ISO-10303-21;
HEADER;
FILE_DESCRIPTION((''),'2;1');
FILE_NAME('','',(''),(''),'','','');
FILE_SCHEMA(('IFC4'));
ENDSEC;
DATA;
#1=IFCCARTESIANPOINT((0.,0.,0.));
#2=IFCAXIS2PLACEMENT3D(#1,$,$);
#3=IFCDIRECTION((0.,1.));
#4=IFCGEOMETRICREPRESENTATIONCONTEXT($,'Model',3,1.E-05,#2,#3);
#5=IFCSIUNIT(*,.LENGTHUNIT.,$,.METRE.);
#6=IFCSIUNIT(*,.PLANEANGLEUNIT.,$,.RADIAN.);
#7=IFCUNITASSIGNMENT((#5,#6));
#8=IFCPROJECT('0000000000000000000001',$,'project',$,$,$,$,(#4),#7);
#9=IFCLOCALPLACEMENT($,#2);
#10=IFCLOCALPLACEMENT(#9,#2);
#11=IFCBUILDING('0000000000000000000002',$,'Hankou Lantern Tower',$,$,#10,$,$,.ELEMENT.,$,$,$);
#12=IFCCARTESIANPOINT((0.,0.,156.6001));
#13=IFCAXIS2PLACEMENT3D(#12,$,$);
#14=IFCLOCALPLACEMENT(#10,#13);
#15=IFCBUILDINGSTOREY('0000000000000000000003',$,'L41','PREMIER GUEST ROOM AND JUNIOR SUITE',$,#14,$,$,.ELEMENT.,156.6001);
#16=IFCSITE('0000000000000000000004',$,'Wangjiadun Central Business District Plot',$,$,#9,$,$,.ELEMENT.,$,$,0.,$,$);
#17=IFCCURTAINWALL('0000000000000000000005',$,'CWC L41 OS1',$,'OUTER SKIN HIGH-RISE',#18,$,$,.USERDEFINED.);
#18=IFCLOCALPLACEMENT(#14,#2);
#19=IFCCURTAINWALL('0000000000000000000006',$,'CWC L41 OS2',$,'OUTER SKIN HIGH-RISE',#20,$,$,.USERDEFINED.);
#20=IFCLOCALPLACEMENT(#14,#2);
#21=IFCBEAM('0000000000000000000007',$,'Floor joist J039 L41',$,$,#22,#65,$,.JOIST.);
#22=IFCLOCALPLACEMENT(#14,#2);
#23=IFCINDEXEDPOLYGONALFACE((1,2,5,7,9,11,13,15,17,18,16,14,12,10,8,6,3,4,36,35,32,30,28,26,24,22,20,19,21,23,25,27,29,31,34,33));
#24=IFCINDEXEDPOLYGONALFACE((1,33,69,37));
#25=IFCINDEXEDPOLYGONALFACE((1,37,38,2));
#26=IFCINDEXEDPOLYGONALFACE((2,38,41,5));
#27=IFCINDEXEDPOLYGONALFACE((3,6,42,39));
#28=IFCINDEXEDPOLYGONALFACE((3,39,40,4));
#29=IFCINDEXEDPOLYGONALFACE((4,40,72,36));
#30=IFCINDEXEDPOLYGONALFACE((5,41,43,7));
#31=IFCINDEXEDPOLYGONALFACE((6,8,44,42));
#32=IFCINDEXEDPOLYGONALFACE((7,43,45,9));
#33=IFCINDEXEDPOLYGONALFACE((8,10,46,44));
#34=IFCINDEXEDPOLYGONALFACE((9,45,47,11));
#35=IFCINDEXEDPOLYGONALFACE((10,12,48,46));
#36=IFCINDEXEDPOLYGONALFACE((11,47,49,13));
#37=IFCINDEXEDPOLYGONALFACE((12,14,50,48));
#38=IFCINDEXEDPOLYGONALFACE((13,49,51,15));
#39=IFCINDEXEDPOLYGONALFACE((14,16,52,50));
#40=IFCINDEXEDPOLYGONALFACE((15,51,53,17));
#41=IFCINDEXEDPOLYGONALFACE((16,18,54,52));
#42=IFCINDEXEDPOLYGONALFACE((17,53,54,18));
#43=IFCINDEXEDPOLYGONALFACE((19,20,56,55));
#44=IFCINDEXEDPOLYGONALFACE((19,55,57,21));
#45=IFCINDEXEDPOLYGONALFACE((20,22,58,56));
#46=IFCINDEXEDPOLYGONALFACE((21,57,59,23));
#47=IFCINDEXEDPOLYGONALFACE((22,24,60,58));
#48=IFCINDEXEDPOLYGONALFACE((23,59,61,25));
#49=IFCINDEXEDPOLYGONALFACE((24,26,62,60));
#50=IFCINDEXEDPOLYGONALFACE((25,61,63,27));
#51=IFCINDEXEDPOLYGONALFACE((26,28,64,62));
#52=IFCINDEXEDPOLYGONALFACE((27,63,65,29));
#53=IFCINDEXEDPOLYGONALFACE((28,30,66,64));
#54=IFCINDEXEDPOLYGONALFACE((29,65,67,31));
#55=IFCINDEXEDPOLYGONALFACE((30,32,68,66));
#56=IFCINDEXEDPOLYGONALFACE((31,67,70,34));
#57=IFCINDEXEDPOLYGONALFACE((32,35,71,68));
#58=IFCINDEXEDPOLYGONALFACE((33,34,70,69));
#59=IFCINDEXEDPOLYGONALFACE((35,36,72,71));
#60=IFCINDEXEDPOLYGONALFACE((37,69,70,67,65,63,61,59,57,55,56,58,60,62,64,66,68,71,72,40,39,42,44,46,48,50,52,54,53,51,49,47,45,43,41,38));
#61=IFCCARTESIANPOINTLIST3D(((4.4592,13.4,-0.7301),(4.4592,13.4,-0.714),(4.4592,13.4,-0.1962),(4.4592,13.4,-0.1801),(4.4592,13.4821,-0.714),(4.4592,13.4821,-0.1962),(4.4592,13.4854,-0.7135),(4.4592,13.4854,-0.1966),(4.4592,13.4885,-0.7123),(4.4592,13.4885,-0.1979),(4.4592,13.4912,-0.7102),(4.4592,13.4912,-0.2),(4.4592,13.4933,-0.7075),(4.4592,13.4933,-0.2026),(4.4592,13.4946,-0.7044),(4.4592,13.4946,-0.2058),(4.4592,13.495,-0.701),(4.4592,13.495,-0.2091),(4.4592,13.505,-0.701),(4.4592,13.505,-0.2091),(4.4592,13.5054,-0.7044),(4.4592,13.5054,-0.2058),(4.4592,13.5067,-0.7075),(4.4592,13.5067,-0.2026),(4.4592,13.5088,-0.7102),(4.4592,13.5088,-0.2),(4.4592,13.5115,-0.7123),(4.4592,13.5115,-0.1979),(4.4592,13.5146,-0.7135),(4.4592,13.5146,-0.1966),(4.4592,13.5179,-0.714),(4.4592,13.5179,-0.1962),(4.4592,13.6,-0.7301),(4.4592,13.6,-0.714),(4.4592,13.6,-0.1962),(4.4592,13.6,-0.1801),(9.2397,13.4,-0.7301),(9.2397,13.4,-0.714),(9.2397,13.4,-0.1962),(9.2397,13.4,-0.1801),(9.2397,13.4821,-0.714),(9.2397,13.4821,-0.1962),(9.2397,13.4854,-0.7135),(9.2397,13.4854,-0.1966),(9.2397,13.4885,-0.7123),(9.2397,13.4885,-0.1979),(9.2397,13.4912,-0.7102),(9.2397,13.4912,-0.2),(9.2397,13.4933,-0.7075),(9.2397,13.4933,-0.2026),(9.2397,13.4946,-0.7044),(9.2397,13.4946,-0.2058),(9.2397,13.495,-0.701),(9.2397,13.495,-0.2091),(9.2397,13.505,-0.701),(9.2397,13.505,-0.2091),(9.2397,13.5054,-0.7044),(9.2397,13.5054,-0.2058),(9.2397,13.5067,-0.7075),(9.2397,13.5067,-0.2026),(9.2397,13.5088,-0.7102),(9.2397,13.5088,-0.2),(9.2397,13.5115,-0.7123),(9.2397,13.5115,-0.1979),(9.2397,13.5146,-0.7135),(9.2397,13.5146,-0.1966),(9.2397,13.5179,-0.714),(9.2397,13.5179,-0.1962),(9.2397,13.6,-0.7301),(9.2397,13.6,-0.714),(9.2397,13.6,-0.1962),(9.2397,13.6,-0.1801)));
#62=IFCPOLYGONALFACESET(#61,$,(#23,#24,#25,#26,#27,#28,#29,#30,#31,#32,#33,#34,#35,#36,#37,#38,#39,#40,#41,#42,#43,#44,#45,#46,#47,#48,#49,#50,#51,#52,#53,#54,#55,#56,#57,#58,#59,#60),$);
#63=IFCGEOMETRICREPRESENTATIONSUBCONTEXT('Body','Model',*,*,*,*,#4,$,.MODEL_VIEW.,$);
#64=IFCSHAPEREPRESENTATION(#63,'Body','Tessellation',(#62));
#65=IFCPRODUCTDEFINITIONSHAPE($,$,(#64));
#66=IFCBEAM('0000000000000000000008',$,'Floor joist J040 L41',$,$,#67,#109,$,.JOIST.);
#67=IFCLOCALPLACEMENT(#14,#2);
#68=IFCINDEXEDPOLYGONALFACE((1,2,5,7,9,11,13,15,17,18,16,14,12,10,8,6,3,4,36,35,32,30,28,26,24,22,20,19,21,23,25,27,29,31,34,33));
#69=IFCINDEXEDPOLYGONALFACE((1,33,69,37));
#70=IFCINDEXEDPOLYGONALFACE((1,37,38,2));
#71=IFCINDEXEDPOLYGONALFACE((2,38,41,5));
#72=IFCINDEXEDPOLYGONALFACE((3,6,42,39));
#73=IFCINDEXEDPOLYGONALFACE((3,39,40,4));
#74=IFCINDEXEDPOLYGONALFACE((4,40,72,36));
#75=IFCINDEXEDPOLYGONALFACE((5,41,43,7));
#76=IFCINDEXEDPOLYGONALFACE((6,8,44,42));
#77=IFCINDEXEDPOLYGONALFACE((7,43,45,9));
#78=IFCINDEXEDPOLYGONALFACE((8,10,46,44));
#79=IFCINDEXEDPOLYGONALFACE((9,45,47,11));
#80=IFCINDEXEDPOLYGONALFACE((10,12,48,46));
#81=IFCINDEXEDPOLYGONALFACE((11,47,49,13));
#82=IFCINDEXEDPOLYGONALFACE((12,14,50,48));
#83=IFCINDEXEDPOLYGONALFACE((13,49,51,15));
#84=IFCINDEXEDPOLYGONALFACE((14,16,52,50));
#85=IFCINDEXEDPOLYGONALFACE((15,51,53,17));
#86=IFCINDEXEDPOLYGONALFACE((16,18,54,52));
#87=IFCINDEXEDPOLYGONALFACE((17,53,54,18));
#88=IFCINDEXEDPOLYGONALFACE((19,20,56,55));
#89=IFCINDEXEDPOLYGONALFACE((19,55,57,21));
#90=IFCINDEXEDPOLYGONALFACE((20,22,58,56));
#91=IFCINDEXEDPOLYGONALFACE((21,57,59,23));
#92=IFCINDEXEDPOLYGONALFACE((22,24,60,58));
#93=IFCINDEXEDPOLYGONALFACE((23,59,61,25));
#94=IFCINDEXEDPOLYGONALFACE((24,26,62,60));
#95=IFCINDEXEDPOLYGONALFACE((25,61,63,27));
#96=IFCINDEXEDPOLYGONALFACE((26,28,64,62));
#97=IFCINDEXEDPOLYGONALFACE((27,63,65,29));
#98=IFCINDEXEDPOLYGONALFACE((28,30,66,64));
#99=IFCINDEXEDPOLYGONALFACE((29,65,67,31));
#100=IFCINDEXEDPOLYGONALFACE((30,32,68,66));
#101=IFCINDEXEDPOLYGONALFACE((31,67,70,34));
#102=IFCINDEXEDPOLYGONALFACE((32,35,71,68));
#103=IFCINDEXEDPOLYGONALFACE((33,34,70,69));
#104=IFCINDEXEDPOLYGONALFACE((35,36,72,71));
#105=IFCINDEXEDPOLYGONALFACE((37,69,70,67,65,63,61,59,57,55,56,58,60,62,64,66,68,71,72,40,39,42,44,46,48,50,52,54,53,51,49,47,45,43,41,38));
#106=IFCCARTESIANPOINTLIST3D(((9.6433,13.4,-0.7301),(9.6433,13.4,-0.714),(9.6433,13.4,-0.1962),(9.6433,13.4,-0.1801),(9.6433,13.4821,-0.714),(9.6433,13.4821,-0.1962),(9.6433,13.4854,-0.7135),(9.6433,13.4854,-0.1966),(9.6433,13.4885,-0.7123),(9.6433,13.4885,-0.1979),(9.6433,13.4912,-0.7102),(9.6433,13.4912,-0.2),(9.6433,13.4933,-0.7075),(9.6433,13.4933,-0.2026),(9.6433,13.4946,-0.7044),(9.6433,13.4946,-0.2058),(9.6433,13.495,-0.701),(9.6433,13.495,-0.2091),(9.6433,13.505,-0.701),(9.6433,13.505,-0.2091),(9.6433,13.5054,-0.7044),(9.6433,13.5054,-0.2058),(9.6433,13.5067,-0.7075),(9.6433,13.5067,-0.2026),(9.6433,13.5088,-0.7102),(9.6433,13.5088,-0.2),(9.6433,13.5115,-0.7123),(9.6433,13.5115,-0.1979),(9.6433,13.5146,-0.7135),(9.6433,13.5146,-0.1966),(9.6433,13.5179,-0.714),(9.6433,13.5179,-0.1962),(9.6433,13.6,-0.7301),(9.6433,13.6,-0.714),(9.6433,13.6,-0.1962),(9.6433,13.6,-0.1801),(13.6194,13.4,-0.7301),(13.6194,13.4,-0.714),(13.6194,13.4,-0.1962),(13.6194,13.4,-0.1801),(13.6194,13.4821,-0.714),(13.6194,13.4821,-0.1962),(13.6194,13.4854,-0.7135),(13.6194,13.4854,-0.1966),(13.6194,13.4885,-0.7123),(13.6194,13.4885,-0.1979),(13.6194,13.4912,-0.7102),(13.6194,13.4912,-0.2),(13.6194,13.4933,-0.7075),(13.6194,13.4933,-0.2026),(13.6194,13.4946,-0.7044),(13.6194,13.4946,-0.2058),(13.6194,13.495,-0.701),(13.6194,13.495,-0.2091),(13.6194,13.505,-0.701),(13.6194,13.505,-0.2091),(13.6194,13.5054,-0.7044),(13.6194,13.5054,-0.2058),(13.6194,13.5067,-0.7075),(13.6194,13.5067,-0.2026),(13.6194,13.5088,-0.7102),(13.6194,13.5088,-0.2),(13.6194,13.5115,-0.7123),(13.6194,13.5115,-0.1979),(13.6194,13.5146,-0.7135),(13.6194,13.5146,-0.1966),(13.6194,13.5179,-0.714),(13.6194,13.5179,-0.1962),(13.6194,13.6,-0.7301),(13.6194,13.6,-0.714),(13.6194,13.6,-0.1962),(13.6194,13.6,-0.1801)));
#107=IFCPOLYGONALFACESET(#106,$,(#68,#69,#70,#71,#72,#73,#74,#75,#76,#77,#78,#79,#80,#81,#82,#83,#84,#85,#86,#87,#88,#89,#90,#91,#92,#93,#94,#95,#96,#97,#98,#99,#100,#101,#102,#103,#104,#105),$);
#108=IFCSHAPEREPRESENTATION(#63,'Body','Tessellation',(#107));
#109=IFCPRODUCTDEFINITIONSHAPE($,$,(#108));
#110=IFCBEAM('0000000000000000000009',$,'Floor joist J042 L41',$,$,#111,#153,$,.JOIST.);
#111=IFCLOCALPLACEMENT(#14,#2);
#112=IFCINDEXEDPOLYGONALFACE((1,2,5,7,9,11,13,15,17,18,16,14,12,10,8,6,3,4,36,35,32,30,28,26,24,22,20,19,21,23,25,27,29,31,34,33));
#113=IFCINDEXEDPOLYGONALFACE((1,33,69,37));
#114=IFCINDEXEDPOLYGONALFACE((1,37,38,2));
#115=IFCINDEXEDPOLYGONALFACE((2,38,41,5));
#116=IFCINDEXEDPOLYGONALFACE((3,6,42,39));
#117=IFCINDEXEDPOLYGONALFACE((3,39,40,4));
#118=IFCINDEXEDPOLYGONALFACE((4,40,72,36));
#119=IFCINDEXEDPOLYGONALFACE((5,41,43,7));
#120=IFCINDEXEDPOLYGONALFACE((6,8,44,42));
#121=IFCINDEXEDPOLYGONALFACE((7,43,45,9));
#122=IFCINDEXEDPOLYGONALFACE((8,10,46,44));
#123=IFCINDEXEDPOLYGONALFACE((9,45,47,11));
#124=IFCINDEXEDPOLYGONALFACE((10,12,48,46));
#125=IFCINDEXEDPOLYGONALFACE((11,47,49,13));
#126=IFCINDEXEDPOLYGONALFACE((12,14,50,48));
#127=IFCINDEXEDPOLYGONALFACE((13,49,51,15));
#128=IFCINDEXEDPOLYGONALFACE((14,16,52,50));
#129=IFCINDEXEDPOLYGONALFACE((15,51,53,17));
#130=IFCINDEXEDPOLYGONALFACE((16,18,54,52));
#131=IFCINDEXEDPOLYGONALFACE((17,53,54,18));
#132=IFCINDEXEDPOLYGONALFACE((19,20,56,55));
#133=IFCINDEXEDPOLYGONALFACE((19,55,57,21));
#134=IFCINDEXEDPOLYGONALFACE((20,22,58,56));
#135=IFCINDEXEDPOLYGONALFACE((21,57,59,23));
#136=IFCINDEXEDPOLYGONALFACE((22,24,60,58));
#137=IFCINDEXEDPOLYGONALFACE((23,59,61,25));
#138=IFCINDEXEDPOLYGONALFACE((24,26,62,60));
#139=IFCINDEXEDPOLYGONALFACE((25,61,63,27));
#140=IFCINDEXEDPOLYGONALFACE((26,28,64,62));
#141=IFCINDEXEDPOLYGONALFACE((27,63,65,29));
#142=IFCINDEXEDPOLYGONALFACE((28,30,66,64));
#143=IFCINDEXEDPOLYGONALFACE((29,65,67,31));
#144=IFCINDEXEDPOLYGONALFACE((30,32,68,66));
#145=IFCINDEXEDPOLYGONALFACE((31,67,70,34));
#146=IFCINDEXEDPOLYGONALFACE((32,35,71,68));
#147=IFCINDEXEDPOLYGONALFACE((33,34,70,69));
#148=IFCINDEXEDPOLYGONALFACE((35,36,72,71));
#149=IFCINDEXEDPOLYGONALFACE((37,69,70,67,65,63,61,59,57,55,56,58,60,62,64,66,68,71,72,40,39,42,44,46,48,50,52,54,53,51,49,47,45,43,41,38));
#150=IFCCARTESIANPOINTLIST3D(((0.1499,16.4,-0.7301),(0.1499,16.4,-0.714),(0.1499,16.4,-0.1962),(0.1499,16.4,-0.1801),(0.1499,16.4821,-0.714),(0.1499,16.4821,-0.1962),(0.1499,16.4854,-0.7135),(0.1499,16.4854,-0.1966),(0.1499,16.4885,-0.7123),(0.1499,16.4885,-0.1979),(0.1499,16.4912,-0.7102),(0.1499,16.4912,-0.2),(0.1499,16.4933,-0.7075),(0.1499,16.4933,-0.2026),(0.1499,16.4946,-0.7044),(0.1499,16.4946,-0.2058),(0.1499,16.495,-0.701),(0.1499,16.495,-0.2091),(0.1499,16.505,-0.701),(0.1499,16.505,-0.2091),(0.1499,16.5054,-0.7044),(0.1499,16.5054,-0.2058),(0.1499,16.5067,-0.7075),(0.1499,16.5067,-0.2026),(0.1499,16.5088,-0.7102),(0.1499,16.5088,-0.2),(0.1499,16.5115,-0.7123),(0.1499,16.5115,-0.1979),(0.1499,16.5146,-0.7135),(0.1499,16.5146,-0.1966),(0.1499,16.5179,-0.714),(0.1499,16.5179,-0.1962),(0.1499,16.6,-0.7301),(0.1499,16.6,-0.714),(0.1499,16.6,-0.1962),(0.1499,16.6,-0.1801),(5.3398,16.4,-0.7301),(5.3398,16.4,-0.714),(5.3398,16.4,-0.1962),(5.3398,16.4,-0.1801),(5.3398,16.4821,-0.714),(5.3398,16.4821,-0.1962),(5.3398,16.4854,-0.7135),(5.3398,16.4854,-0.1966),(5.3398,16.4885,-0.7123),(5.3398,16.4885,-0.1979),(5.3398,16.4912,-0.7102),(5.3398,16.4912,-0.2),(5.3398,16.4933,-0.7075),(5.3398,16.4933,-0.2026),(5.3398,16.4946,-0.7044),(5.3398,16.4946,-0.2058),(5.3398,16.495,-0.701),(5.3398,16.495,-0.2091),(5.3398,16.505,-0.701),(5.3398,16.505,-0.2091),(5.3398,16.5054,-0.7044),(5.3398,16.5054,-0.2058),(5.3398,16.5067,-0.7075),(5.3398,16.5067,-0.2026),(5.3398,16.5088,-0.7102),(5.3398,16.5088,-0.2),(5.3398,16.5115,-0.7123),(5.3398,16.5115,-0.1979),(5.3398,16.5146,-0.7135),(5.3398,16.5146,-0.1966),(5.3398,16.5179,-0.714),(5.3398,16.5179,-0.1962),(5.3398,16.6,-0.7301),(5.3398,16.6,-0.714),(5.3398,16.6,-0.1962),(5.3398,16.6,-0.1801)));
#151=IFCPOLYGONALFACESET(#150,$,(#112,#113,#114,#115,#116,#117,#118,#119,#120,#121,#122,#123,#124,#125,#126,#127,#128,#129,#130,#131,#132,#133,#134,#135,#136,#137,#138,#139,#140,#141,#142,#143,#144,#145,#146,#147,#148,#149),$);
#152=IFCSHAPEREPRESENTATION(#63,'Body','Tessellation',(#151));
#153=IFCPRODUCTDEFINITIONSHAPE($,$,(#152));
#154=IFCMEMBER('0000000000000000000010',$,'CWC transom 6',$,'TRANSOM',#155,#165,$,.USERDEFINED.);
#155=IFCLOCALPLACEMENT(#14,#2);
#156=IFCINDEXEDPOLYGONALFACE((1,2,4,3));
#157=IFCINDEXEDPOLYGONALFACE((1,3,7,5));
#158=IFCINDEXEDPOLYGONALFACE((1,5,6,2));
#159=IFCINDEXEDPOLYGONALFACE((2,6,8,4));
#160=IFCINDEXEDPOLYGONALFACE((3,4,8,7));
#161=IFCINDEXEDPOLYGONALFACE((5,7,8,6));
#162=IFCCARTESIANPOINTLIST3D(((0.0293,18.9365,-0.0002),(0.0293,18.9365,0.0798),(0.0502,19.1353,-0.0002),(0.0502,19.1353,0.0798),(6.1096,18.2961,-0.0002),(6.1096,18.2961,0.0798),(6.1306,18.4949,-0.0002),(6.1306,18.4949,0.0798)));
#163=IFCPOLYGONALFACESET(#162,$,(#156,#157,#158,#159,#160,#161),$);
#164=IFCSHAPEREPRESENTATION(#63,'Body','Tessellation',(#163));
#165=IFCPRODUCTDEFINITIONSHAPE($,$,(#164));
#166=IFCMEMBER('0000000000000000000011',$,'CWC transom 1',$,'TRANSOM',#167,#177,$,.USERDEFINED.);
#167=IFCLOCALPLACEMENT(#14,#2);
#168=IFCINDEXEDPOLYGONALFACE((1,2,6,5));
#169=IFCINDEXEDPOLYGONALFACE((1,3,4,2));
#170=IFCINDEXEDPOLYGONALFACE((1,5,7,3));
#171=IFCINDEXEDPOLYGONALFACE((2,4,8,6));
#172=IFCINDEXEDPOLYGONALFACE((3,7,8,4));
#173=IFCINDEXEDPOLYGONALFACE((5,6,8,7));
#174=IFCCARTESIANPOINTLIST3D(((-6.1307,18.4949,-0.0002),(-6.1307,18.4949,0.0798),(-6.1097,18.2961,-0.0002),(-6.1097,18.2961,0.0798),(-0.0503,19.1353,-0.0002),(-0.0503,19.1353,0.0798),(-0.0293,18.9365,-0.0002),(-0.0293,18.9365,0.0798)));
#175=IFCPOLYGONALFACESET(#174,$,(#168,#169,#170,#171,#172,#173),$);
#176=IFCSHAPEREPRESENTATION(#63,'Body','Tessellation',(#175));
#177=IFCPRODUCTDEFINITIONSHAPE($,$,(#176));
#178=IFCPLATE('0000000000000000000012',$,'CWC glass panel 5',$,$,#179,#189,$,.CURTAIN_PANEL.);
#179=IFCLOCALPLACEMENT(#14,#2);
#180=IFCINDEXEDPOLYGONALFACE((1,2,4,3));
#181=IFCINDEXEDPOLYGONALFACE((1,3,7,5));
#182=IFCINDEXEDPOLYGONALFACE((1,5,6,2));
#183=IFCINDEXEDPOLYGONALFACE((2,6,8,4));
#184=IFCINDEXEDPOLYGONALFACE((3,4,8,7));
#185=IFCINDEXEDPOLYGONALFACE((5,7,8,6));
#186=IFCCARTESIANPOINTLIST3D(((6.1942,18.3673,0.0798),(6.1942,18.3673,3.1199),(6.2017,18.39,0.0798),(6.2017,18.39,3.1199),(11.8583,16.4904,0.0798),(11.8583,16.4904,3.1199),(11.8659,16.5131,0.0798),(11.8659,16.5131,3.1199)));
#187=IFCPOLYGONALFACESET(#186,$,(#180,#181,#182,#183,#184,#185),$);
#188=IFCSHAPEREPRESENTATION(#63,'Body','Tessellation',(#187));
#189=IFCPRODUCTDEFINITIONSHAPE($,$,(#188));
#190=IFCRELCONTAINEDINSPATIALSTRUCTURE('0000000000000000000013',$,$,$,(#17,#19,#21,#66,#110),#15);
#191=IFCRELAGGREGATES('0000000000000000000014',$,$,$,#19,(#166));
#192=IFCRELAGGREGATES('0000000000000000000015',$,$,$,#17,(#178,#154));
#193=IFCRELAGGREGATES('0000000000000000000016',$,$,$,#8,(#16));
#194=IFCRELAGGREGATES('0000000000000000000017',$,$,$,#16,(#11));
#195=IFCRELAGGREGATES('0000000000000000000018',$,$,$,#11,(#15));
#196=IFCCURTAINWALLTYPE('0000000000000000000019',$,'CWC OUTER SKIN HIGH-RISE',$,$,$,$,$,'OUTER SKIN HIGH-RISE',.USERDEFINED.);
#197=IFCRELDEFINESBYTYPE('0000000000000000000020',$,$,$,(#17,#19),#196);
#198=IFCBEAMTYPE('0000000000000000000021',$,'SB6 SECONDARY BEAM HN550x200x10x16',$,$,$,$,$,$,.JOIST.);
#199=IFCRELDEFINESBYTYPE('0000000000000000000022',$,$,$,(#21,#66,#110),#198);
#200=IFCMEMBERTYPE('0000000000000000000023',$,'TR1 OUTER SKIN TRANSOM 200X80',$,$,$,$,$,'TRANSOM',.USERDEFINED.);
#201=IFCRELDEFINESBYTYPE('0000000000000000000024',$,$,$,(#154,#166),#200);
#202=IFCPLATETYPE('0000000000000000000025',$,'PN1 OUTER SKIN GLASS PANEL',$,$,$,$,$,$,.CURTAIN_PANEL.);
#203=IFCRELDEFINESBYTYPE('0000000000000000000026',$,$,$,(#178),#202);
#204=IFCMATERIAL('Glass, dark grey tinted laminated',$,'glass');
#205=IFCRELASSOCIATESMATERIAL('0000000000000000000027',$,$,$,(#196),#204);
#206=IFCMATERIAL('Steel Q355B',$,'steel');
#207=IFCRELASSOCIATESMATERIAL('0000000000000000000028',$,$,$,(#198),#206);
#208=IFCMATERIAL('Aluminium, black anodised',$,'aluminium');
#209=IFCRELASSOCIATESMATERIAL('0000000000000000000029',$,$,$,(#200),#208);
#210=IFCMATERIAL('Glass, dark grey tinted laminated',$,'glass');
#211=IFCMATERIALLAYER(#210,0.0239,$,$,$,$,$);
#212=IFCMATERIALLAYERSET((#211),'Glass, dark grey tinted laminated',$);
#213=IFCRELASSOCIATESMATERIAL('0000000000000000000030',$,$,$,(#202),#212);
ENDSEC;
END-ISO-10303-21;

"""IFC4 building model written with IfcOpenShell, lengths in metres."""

from ifc_helpers import new_model, si_unit, direction, frame, origin, origin_2d, place, context, subcontext, project, spatial, rectangle, i_section, extrude, material, layer, layer_set, material_profile, profile_set, type_object, element, aggregate, save


model = new_model("IFC4")

# Units and contexts
model_context = context("Model", 3, precision=1e-05, world=origin(), true_north=direction((0.0, 1.0)))
body_context = subcontext(model_context, "Body", "Model", "MODEL_VIEW")
ifc_project = project(units=[si_unit("LENGTHUNIT", "METRE"), si_unit("PLANEANGLEUNIT", "RADIAN")], contexts=[model_context])

# Site, building, storey
site_placement = place(None, origin())
site = spatial("IfcSite", under=ifc_project, at=site_placement, Name="Wangjiadun Central Business District Plot", CompositionType="ELEMENT", RefElevation=0.0)
building_placement = place(site_placement, origin())
building = spatial("IfcBuilding", under=site, at=building_placement, Name="Hankou Lantern Tower", CompositionType="ELEMENT")
storey_placement = place(building_placement, frame((0.0, 0.0, 156.6001)))
storey = spatial("IfcBuildingStorey", under=building, at=storey_placement, Name="L41", Description="PREMIER GUEST ROOM AND JUNIOR SUITE", CompositionType="ELEMENT", Elevation=156.6001)

# Curtain walls
ifc_material_1 = material(Name="Glass, dark grey tinted laminated", Category="glass")
curtain_wall_type = type_object("IfcCurtainWallType", Name="CWC OUTER SKIN HIGH-RISE", ElementType="OUTER SKIN HIGH-RISE", PredefinedType="USERDEFINED", material=ifc_material_1)
curtain_wall_1_placement = place(storey_placement, origin())
curtain_wall_1 = element("IfcCurtainWall", 1, at=curtain_wall_1_placement, inside=storey, type_object=curtain_wall_type, Name="CWC L41 OS1", ObjectType="OUTER SKIN HIGH-RISE", PredefinedType="USERDEFINED")
curtain_wall_2_placement = place(storey_placement, origin())
curtain_wall_2 = element("IfcCurtainWall", 2, at=curtain_wall_2_placement, inside=storey, type_object=curtain_wall_type, Name="CWC L41 OS2", ObjectType="OUTER SKIN HIGH-RISE", PredefinedType="USERDEFINED")

# Beams
ifc_material_2 = material(Name="Steel Q355B", Category="steel")
ifc_material_profile_1 = material_profile(ifc_material_2, i_section(OverallWidth=0.2, OverallDepth=0.55, WebThickness=0.01, FlangeThickness=0.0161, FilletRadius=0.0129, at=origin_2d()), Name="HN550x200x10x16")
ifc_profile_set_1 = profile_set([ifc_material_profile_1], Name="Steel Q355B")
beam_type_1 = type_object("IfcBeamType", Name="SB6 SECONDARY BEAM HN550x200x10x16", PredefinedType="JOIST", material=ifc_profile_set_1)
beam_1_placement = place(storey_placement, frame((4.4592, 13.5, -0.4551), z_axis=(1.0, 0.0, 0.0), x_axis=(0.0, 1.0, 0.0)))
element("IfcBeam", 3, at=beam_1_placement, inside=storey, type_object=beam_type_1, Name="Floor joist J039 L41", PredefinedType="JOIST", context=body_context, shape_type="SweptSolid", body=[
    extrude(i_section(OverallWidth=0.2, OverallDepth=0.55, WebThickness=0.01, FlangeThickness=0.0161, FilletRadius=0.0129, at=origin_2d()), origin(), (0.0, 0.0, 1.0), 4.7805),
])
beam_2_placement = place(storey_placement, frame((9.6433, 13.5, -0.4551), z_axis=(1.0, 0.0, 0.0), x_axis=(0.0, 1.0, 0.0)))
element("IfcBeam", 4, at=beam_2_placement, inside=storey, type_object=beam_type_1, Name="Floor joist J040 L41", PredefinedType="JOIST", context=body_context, shape_type="SweptSolid", body=[
    extrude(i_section(OverallWidth=0.2, OverallDepth=0.55, WebThickness=0.01, FlangeThickness=0.0161, FilletRadius=0.0129, at=origin_2d()), origin(), (0.0, 0.0, 1.0), 3.9761),
])
beam_3_placement = place(storey_placement, frame((0.1499, 16.5, -0.4551), z_axis=(1.0, 0.0, 0.0), x_axis=(0.0, 1.0, 0.0)))
element("IfcBeam", 5, at=beam_3_placement, inside=storey, type_object=beam_type_1, Name="Floor joist J042 L41", PredefinedType="JOIST", context=body_context, shape_type="SweptSolid", body=[
    extrude(i_section(OverallWidth=0.2, OverallDepth=0.55, WebThickness=0.01, FlangeThickness=0.0161, FilletRadius=0.0129, at=origin_2d()), origin(), (0.0, 0.0, 1.0), 5.1899),
])

# Members
ifc_material_3 = material(Name="Aluminium, black anodised", Category="aluminium")
ifc_material_profile_2 = material_profile(ifc_material_3, rectangle(XDim=0.2, YDim=0.0801, at=origin_2d()), Name="TR1 200X80")
ifc_profile_set_2 = profile_set([ifc_material_profile_2], Name="Aluminium, black anodised")
member_type_1 = type_object("IfcMemberType", Name="TR1 OUTER SKIN TRANSOM 200X80", ElementType="TRANSOM", PredefinedType="USERDEFINED", material=ifc_profile_set_2)
member_1_placement = place(storey_placement, frame((6.1201, 18.3955, 0.0398), z_axis=(-0.9945, 0.104741, 0.0), x_axis=(-0.104741, -0.9945, 0.0)))
member_1 = element("IfcMember", 6, at=member_1_placement, type_object=member_type_1, Name="CWC transom 6", ObjectType="TRANSOM", PredefinedType="USERDEFINED", context=body_context, shape_type="SweptSolid", body=[
    extrude(rectangle(XDim=0.2, YDim=0.0801, at=origin_2d()), origin(), (0.0, 0.0, 1.0), 6.114),
])
member_2_placement = place(storey_placement, frame((-0.0398, 19.0359, 0.0398), z_axis=(-0.9945, -0.104741, 0.0), x_axis=(0.104741, -0.9945, 0.0)))
member_2 = element("IfcMember", 7, at=member_2_placement, type_object=member_type_1, Name="CWC transom 1", ObjectType="TRANSOM", PredefinedType="USERDEFINED", context=body_context, shape_type="SweptSolid", body=[
    extrude(rectangle(XDim=0.2, YDim=0.0801, at=origin_2d()), origin(), (0.0, 0.0, 1.0), 6.114),
])
aggregate(curtain_wall_2, [member_2])

# Plate
ifc_material_4 = material(Name="Glass, dark grey tinted laminated", Category="glass")
ifc_layer_1 = layer(ifc_material_4, 0.0239)
ifc_layer_set_1 = layer_set([ifc_layer_1], Name="Glass, dark grey tinted laminated")
plate_type = type_object("IfcPlateType", Name="PN1 OUTER SKIN GLASS PANEL", PredefinedType="CURTAIN_PANEL", material=ifc_layer_set_1)
plate_1_placement = place(storey_placement, frame((9.03, 17.4402, 0.0798), z_axis=(0.0, 0.0, 1.0), x_axis=(-0.949241, 0.314551, 0.0)))
plate_1 = element("IfcPlate", 8, at=plate_1_placement, type_object=plate_type, Name="CWC glass panel 5", PredefinedType="CURTAIN_PANEL", context=body_context, shape_type="SweptSolid", body=[
    extrude(rectangle(XDim=5.967, YDim=0.0239, at=origin_2d()), origin(), (0.0, 0.0, 1.0), 3.04),
])
aggregate(curtain_wall_1, [plate_1, member_1])

save(model, "model.ifc")
